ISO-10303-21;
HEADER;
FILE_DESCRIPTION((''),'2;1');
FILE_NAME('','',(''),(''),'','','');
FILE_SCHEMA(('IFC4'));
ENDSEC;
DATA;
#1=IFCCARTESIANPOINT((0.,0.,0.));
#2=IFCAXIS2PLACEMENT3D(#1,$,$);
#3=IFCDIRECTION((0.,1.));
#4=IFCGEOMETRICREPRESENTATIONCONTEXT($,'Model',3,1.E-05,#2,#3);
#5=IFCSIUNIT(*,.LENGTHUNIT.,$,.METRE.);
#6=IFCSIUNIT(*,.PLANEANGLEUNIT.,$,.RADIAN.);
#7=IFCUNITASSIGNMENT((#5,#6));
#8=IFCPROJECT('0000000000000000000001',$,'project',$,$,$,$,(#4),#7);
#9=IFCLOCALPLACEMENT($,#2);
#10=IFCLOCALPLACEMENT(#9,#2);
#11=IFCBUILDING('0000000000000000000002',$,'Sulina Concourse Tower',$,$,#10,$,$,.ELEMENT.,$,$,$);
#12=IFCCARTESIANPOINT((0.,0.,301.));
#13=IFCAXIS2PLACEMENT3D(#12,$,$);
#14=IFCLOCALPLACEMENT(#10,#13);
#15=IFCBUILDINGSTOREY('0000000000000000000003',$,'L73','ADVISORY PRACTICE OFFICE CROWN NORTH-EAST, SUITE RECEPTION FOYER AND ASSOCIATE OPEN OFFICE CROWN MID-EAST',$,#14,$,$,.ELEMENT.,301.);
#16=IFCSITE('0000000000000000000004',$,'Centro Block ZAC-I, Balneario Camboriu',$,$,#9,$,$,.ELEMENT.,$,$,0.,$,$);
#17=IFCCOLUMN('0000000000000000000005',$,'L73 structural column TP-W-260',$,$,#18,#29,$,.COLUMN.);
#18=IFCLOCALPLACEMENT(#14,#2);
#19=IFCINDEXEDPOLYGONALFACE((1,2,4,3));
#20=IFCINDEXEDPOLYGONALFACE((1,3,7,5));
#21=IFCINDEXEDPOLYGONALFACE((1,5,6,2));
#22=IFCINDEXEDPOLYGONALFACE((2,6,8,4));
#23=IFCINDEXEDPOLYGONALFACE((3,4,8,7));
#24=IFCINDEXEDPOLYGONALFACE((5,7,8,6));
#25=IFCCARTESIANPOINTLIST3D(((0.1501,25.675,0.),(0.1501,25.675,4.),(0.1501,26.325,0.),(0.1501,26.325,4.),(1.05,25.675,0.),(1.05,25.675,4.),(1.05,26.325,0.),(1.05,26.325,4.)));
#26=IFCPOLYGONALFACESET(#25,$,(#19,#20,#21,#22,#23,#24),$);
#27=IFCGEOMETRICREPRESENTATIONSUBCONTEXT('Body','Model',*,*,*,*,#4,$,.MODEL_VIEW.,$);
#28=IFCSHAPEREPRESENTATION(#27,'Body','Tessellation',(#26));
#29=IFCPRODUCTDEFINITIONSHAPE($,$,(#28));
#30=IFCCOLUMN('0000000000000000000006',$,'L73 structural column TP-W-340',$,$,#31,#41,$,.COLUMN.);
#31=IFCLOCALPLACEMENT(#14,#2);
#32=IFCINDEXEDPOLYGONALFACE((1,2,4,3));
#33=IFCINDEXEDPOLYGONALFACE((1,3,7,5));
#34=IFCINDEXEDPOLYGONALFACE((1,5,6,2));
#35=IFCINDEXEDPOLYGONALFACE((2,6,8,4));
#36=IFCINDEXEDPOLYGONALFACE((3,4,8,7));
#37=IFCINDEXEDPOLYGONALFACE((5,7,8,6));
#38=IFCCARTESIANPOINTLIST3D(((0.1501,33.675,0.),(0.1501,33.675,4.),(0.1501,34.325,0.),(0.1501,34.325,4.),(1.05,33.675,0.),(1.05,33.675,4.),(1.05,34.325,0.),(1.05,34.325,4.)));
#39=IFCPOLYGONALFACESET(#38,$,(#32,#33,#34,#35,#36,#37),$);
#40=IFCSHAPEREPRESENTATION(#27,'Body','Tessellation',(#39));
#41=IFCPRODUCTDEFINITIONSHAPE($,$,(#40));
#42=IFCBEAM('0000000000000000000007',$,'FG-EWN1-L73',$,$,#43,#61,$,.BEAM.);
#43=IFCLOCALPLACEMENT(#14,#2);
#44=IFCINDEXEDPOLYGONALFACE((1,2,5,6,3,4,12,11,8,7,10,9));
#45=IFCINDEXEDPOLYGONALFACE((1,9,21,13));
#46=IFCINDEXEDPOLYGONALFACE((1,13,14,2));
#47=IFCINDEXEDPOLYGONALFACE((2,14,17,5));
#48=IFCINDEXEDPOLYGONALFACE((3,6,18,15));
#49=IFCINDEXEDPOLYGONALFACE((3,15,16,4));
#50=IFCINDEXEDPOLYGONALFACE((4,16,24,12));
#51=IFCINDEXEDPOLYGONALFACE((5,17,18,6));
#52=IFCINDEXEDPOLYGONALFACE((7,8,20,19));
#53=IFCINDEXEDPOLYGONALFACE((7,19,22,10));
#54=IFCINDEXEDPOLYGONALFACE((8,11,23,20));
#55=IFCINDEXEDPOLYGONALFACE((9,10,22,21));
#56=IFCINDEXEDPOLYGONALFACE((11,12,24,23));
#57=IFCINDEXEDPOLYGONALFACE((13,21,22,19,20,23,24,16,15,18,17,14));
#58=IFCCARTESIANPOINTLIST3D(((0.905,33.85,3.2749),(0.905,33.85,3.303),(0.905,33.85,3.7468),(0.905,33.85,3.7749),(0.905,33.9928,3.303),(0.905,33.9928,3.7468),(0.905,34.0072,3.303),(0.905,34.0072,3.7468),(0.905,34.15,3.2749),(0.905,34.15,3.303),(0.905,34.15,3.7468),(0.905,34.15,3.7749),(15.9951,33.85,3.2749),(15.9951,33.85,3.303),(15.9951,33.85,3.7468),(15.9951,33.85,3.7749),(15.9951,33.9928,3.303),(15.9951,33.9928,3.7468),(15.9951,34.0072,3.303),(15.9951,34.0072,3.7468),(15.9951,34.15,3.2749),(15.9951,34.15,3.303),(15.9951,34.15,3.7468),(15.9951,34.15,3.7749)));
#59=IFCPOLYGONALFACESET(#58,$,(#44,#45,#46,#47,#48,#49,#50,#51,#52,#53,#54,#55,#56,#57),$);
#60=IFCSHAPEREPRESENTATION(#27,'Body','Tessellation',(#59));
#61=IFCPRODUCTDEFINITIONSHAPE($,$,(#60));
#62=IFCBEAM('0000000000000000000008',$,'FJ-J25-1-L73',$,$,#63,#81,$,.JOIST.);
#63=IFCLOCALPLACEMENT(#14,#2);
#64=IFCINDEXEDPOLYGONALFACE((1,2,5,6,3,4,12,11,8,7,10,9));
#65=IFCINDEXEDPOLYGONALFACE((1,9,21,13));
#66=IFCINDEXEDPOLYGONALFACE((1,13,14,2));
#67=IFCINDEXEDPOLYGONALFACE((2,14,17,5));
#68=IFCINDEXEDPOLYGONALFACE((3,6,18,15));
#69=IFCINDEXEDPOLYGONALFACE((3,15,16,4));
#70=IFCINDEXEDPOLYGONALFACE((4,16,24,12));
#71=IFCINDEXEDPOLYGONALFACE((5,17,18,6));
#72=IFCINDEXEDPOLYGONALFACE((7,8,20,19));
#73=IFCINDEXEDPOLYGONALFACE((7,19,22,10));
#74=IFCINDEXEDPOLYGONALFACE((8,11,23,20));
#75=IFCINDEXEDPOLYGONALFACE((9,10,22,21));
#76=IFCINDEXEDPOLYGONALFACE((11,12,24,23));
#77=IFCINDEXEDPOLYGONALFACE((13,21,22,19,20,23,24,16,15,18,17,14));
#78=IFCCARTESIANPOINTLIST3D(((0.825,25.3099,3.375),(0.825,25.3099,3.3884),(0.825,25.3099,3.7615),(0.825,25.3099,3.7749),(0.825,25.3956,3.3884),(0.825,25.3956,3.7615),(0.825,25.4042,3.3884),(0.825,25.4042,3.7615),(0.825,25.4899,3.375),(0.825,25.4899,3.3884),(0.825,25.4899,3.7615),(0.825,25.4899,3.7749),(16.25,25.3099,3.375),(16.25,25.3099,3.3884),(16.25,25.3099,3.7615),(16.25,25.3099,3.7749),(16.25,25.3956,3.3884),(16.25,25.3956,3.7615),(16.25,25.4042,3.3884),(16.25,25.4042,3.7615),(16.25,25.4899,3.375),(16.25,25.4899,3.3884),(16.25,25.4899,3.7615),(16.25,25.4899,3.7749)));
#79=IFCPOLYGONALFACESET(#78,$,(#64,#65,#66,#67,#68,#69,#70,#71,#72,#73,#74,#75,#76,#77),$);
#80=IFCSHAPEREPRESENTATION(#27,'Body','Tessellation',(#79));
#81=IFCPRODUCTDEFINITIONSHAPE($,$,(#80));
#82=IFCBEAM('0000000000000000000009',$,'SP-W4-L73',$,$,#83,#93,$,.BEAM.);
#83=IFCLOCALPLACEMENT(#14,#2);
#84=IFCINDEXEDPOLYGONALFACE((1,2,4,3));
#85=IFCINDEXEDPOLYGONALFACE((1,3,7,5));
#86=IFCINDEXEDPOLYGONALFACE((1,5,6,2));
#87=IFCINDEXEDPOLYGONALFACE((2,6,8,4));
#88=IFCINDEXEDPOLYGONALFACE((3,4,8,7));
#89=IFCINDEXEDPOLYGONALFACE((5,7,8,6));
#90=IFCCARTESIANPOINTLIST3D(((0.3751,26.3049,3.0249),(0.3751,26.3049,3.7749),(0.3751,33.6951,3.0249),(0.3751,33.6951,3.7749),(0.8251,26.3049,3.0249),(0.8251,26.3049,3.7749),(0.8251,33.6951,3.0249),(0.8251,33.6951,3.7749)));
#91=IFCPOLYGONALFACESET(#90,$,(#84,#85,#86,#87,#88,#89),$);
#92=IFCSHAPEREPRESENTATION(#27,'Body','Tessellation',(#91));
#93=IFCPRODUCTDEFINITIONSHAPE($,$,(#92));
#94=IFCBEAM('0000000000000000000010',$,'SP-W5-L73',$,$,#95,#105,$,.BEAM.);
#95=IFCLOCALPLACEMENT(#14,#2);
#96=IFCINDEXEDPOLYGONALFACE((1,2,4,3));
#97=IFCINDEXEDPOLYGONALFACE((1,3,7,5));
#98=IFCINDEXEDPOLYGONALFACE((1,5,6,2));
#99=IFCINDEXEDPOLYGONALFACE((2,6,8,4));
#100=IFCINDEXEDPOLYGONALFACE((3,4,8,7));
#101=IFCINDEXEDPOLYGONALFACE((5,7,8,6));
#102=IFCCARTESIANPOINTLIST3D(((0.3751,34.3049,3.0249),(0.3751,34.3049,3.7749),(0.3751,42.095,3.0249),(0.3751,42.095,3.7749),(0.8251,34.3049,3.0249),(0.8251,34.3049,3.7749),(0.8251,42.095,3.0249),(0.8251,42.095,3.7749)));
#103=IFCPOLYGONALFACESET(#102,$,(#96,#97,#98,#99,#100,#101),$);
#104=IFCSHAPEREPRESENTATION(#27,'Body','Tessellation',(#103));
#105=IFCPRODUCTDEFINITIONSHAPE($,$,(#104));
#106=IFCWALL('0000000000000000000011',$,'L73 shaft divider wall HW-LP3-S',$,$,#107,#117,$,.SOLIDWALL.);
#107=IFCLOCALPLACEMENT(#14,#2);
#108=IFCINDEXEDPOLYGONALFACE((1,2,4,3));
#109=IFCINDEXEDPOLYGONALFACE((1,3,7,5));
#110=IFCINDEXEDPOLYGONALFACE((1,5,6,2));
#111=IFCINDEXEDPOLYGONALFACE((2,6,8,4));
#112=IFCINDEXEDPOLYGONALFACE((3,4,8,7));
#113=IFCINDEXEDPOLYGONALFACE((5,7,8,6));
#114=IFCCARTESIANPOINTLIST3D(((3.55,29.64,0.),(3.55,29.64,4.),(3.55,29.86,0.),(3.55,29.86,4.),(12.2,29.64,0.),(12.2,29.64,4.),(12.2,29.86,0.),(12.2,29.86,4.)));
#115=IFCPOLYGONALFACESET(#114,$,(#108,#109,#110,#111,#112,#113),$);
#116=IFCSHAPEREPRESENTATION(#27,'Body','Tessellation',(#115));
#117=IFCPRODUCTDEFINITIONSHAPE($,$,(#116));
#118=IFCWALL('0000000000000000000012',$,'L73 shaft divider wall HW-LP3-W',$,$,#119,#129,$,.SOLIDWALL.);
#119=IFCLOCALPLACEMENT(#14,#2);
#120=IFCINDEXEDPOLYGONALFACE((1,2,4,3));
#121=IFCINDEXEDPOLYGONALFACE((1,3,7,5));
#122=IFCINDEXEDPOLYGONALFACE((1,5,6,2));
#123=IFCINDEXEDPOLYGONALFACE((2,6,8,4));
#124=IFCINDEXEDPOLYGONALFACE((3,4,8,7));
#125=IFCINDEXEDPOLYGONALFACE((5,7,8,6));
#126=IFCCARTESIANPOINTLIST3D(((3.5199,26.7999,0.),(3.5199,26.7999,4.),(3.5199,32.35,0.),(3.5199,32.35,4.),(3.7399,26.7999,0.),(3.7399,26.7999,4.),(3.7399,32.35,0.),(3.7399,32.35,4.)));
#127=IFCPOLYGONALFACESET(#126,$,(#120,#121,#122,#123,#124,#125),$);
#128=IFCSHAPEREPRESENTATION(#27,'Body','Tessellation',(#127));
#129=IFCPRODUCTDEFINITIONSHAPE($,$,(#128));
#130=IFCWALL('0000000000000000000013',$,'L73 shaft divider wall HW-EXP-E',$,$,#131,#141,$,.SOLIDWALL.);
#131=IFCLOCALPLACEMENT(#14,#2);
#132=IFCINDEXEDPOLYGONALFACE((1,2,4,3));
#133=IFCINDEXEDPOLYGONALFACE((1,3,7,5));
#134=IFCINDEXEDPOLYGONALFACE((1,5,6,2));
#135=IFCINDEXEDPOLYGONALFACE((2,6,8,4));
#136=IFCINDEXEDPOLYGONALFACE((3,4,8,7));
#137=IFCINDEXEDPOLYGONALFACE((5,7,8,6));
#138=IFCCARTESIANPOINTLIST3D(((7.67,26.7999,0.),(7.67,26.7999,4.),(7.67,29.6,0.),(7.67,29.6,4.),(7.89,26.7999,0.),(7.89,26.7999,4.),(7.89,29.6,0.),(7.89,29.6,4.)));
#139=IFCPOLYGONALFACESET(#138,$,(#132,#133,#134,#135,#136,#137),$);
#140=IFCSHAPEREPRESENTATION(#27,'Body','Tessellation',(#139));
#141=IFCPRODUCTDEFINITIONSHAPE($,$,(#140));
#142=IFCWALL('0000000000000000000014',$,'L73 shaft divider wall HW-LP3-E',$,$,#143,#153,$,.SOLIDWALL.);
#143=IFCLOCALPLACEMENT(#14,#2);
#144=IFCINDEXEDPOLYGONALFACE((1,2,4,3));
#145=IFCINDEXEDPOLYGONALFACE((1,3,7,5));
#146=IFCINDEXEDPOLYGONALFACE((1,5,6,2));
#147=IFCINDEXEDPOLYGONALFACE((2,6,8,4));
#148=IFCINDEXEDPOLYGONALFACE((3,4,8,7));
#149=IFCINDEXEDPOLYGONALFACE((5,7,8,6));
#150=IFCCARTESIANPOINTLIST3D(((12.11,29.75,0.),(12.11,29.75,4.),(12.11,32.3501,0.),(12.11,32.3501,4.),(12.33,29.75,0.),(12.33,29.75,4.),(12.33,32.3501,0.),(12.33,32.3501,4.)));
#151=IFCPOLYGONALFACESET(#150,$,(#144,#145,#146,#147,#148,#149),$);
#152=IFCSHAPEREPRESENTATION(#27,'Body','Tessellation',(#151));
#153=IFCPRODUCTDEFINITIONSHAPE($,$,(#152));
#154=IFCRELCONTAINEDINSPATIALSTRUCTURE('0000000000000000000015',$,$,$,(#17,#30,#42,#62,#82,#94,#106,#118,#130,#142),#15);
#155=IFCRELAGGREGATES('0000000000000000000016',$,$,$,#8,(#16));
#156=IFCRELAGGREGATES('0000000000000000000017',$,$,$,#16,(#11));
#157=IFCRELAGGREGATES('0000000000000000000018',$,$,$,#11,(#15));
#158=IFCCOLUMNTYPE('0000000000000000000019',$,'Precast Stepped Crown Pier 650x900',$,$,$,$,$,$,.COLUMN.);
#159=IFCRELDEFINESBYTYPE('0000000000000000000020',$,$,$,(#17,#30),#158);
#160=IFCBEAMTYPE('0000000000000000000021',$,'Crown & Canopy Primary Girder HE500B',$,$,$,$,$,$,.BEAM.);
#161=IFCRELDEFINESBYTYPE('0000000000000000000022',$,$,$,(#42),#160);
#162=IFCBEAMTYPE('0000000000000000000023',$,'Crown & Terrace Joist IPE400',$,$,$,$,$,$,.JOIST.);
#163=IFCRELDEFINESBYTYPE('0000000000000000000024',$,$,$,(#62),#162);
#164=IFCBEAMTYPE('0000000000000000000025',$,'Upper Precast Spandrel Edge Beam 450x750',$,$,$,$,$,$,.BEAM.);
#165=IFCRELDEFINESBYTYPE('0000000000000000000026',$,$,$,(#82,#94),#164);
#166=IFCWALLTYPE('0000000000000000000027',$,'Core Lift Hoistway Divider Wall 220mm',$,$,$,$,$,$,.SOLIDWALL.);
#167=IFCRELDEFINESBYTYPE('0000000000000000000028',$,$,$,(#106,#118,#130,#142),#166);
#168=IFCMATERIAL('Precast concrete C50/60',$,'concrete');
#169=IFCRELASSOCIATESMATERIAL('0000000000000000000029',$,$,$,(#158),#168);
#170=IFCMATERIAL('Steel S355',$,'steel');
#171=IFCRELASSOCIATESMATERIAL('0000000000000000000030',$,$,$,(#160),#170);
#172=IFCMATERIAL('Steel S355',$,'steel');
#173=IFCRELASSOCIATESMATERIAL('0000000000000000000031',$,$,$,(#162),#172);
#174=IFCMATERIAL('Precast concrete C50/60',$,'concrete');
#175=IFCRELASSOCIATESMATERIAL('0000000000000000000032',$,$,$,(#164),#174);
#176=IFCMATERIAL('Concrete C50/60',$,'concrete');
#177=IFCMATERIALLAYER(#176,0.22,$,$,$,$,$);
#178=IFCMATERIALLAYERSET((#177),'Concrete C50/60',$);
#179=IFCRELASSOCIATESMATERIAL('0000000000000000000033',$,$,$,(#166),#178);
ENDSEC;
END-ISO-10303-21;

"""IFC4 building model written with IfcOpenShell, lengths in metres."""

from ifc_helpers import new_model, si_unit, direction, frame, frame_2d, origin, origin_2d, place, context, subcontext, project, spatial, rectangle, i_section, extrude, material, layer, layer_set, material_profile, profile_set, type_object, element, save


model = new_model("IFC4")

# Units and contexts
model_context = context("Model", 3, precision=1e-05, world=origin(), true_north=direction((0.0, 1.0)))
body_context = subcontext(model_context, "Body", "Model", "MODEL_VIEW")
ifc_project = project(units=[si_unit("LENGTHUNIT", "METRE"), si_unit("PLANEANGLEUNIT", "RADIAN")], contexts=[model_context])

# Site, building, storey
site_placement = place(None, origin())
site = spatial("IfcSite", under=ifc_project, at=site_placement, Name="Centro Block ZAC-I, Balneario Camboriu", CompositionType="ELEMENT", RefElevation=0.0)
building_placement = place(site_placement, origin())
building = spatial("IfcBuilding", under=site, at=building_placement, Name="Sulina Concourse Tower", CompositionType="ELEMENT")
storey_placement = place(building_placement, frame((0.0, 0.0, 301.0)))
storey = spatial("IfcBuildingStorey", under=building, at=storey_placement, Name="L73", Description="ADVISORY PRACTICE OFFICE CROWN NORTH-EAST, SUITE RECEPTION FOYER AND ASSOCIATE OPEN OFFICE CROWN MID-EAST", CompositionType="ELEMENT", Elevation=301.0)

# Columns
ifc_material_1 = material(Name="Precast concrete C50/60", Category="concrete")
ifc_material_profile_1 = material_profile(ifc_material_1, rectangle(XDim=0.6499, YDim=0.8999, at=origin_2d()), Name="PC 650x900")
ifc_profile_set_1 = profile_set([ifc_material_profile_1], Name="Precast concrete C50/60")
column_type = type_object("IfcColumnType", Name="Precast Stepped Crown Pier 650x900", PredefinedType="COLUMN", material=ifc_profile_set_1)
for number, where, z_axis, x_axis, name in (
    (1, (0.6001, 26.0, 0.0), (0.0, 0.0, 1.0), (0.0, 1.0, 0.0), "L73 structural column TP-W-260"),
    (2, (0.6001, 34.0, 0.0), (0.0, 0.0, 1.0), (0.0, 1.0, 0.0), "L73 structural column TP-W-340"),
):
    element("IfcColumn", number, at=place(storey_placement, frame(where, z_axis=z_axis, x_axis=x_axis)), inside=storey, type_object=column_type, Name=name, PredefinedType="COLUMN", context=body_context, shape_type="SweptSolid", body=[
        extrude(rectangle(XDim=0.6499, YDim=0.8999, at=origin_2d()), origin(), (0.0, 0.0, 1.0), 4.0),
    ])

# Beams
ifc_material_2 = material(Name="Steel S355", Category="steel")
ifc_material_profile_2 = material_profile(ifc_material_2, i_section(OverallWidth=0.3, OverallDepth=0.5, WebThickness=0.0144, FlangeThickness=0.0281, at=origin_2d()), Name="HE 500 B")
ifc_profile_set_2 = profile_set([ifc_material_profile_2], Name="Steel S355")
beam_type_1 = type_object("IfcBeamType", Name="Crown & Canopy Primary Girder HE500B", PredefinedType="BEAM", material=ifc_profile_set_2)
beam_1_placement = place(storey_placement, frame((0.905, 34.0, 3.5249), z_axis=(1.0, 0.0, 0.0), x_axis=(0.0, 1.0, 0.0)))
element("IfcBeam", 3, at=beam_1_placement, inside=storey, type_object=beam_type_1, Name="FG-EWN1-L73", PredefinedType="BEAM", context=body_context, shape_type="SweptSolid", body=[
    extrude(i_section(OverallWidth=0.3, OverallDepth=0.5, WebThickness=0.0144, FlangeThickness=0.0281, at=origin_2d()), origin(), (0.0, 0.0, 1.0), 15.0901),
])
ifc_material_3 = material(Name="Steel S355", Category="steel")
ifc_material_profile_3 = material_profile(ifc_material_3, i_section(OverallWidth=0.1799, OverallDepth=0.3999, WebThickness=0.0085, FlangeThickness=0.0134, at=origin_2d()), Name="IPE 400")
ifc_profile_set_3 = profile_set([ifc_material_profile_3], Name="Steel S355")
beam_type_2 = type_object("IfcBeamType", Name="Crown & Terrace Joist IPE400", PredefinedType="JOIST", material=ifc_profile_set_3)
beam_2_placement = place(storey_placement, frame((0.825, 25.3999, 3.575), z_axis=(1.0, 0.0, 0.0), x_axis=(0.0, 1.0, 0.0)))
element("IfcBeam", 4, at=beam_2_placement, inside=storey, type_object=beam_type_2, Name="FJ-J25-1-L73", PredefinedType="JOIST", context=body_context, shape_type="SweptSolid", body=[
    extrude(i_section(OverallWidth=0.1799, OverallDepth=0.3999, WebThickness=0.0085, FlangeThickness=0.0134, at=origin_2d()), origin(), (0.0, 0.0, 1.0), 15.425),
])
ifc_material_4 = material(Name="Precast concrete C50/60", Category="concrete")
ifc_material_profile_4 = material_profile(ifc_material_4, rectangle(XDim=0.45, YDim=0.75, at=origin_2d()), Name="RC 450x750")
ifc_profile_set_4 = profile_set([ifc_material_profile_4], Name="Precast concrete C50/60")
beam_type_3 = type_object("IfcBeamType", Name="Upper Precast Spandrel Edge Beam 450x750", PredefinedType="BEAM", material=ifc_profile_set_4)
beam_3_placement = place(storey_placement, frame((0.6001, 26.3049, 3.3999), z_axis=(0.0, 1.0, 0.0), x_axis=(-1.0, 0.0, 0.0)))
element("IfcBeam", 5, at=beam_3_placement, inside=storey, type_object=beam_type_3, Name="SP-W4-L73", PredefinedType="BEAM", context=body_context, shape_type="SweptSolid", body=[
    extrude(rectangle(XDim=0.45, YDim=0.75, at=origin_2d()), origin(), (0.0, 0.0, 1.0), 7.3901),
])
beam_4_placement = place(storey_placement, frame((0.6001, 34.3049, 3.3999), z_axis=(0.0, 1.0, 0.0), x_axis=(-1.0, 0.0, 0.0)))
element("IfcBeam", 6, at=beam_4_placement, inside=storey, type_object=beam_type_3, Name="SP-W5-L73", PredefinedType="BEAM", context=body_context, shape_type="SweptSolid", body=[
    extrude(rectangle(XDim=0.45, YDim=0.75, at=origin_2d()), origin(), (0.0, 0.0, 1.0), 7.79),
])

# Walls
ifc_material_5 = material(Name="Concrete C50/60", Category="concrete")
ifc_layer_1 = layer(ifc_material_5, 0.22)
ifc_layer_set_1 = layer_set([ifc_layer_1], Name="Concrete C50/60")
wall_type_1 = type_object("IfcWallType", Name="Core Lift Hoistway Divider Wall 220mm", PredefinedType="SOLIDWALL", material=ifc_layer_set_1)
wall_1_placement = place(storey_placement, frame((3.55, 29.75, 0.0), z_axis=(0.0, 0.0, 1.0), x_axis=(1.0, 0.0, 0.0)))
element("IfcWall", 7, at=wall_1_placement, inside=storey, type_object=wall_type_1, Name="L73 shaft divider wall HW-LP3-S", PredefinedType="SOLIDWALL", context=body_context, shape_type="SweptSolid", body=[
    extrude(rectangle(XDim=8.6499, YDim=0.22, at=frame_2d((4.325, 0.0))), origin(), (0.0, 0.0, 1.0), 4.0),
])
wall_2_placement = place(storey_placement, frame((3.6299, 26.8, 0.0), z_axis=(0.0, 0.0, 1.0), x_axis=(0.0, 1.0, 0.0)))
element("IfcWall", 8, at=wall_2_placement, inside=storey, type_object=wall_type_1, Name="L73 shaft divider wall HW-LP3-W", PredefinedType="SOLIDWALL", context=body_context, shape_type="SweptSolid", body=[
    extrude(rectangle(XDim=5.55, YDim=0.22, at=frame_2d((2.7749, 0.0))), origin(), (0.0, 0.0, 1.0), 4.0),
])
wall_3_placement = place(storey_placement, frame((7.78, 26.8, 0.0), z_axis=(0.0, 0.0, 1.0), x_axis=(0.0, 1.0, 0.0)))
element("IfcWall", 9, at=wall_3_placement, inside=storey, type_object=wall_type_1, Name="L73 shaft divider wall HW-EXP-E", PredefinedType="SOLIDWALL", context=body_context, shape_type="SweptSolid", body=[
    extrude(rectangle(XDim=2.8, YDim=0.22, at=frame_2d((1.3999, 0.0))), origin(), (0.0, 0.0, 1.0), 4.0),
])
wall_4_placement = place(storey_placement, frame((12.22, 29.75, 0.0), z_axis=(0.0, 0.0, 1.0), x_axis=(0.0, 1.0, 0.0)))
element("IfcWall", 10, at=wall_4_placement, inside=storey, type_object=wall_type_1, Name="L73 shaft divider wall HW-LP3-E", PredefinedType="SOLIDWALL", context=body_context, shape_type="SweptSolid", body=[
    extrude(rectangle(XDim=2.6001, YDim=0.22, at=frame_2d((1.3, 0.0))), origin(), (0.0, 0.0, 1.0), 4.0),
])

save(model, "model.ifc")
